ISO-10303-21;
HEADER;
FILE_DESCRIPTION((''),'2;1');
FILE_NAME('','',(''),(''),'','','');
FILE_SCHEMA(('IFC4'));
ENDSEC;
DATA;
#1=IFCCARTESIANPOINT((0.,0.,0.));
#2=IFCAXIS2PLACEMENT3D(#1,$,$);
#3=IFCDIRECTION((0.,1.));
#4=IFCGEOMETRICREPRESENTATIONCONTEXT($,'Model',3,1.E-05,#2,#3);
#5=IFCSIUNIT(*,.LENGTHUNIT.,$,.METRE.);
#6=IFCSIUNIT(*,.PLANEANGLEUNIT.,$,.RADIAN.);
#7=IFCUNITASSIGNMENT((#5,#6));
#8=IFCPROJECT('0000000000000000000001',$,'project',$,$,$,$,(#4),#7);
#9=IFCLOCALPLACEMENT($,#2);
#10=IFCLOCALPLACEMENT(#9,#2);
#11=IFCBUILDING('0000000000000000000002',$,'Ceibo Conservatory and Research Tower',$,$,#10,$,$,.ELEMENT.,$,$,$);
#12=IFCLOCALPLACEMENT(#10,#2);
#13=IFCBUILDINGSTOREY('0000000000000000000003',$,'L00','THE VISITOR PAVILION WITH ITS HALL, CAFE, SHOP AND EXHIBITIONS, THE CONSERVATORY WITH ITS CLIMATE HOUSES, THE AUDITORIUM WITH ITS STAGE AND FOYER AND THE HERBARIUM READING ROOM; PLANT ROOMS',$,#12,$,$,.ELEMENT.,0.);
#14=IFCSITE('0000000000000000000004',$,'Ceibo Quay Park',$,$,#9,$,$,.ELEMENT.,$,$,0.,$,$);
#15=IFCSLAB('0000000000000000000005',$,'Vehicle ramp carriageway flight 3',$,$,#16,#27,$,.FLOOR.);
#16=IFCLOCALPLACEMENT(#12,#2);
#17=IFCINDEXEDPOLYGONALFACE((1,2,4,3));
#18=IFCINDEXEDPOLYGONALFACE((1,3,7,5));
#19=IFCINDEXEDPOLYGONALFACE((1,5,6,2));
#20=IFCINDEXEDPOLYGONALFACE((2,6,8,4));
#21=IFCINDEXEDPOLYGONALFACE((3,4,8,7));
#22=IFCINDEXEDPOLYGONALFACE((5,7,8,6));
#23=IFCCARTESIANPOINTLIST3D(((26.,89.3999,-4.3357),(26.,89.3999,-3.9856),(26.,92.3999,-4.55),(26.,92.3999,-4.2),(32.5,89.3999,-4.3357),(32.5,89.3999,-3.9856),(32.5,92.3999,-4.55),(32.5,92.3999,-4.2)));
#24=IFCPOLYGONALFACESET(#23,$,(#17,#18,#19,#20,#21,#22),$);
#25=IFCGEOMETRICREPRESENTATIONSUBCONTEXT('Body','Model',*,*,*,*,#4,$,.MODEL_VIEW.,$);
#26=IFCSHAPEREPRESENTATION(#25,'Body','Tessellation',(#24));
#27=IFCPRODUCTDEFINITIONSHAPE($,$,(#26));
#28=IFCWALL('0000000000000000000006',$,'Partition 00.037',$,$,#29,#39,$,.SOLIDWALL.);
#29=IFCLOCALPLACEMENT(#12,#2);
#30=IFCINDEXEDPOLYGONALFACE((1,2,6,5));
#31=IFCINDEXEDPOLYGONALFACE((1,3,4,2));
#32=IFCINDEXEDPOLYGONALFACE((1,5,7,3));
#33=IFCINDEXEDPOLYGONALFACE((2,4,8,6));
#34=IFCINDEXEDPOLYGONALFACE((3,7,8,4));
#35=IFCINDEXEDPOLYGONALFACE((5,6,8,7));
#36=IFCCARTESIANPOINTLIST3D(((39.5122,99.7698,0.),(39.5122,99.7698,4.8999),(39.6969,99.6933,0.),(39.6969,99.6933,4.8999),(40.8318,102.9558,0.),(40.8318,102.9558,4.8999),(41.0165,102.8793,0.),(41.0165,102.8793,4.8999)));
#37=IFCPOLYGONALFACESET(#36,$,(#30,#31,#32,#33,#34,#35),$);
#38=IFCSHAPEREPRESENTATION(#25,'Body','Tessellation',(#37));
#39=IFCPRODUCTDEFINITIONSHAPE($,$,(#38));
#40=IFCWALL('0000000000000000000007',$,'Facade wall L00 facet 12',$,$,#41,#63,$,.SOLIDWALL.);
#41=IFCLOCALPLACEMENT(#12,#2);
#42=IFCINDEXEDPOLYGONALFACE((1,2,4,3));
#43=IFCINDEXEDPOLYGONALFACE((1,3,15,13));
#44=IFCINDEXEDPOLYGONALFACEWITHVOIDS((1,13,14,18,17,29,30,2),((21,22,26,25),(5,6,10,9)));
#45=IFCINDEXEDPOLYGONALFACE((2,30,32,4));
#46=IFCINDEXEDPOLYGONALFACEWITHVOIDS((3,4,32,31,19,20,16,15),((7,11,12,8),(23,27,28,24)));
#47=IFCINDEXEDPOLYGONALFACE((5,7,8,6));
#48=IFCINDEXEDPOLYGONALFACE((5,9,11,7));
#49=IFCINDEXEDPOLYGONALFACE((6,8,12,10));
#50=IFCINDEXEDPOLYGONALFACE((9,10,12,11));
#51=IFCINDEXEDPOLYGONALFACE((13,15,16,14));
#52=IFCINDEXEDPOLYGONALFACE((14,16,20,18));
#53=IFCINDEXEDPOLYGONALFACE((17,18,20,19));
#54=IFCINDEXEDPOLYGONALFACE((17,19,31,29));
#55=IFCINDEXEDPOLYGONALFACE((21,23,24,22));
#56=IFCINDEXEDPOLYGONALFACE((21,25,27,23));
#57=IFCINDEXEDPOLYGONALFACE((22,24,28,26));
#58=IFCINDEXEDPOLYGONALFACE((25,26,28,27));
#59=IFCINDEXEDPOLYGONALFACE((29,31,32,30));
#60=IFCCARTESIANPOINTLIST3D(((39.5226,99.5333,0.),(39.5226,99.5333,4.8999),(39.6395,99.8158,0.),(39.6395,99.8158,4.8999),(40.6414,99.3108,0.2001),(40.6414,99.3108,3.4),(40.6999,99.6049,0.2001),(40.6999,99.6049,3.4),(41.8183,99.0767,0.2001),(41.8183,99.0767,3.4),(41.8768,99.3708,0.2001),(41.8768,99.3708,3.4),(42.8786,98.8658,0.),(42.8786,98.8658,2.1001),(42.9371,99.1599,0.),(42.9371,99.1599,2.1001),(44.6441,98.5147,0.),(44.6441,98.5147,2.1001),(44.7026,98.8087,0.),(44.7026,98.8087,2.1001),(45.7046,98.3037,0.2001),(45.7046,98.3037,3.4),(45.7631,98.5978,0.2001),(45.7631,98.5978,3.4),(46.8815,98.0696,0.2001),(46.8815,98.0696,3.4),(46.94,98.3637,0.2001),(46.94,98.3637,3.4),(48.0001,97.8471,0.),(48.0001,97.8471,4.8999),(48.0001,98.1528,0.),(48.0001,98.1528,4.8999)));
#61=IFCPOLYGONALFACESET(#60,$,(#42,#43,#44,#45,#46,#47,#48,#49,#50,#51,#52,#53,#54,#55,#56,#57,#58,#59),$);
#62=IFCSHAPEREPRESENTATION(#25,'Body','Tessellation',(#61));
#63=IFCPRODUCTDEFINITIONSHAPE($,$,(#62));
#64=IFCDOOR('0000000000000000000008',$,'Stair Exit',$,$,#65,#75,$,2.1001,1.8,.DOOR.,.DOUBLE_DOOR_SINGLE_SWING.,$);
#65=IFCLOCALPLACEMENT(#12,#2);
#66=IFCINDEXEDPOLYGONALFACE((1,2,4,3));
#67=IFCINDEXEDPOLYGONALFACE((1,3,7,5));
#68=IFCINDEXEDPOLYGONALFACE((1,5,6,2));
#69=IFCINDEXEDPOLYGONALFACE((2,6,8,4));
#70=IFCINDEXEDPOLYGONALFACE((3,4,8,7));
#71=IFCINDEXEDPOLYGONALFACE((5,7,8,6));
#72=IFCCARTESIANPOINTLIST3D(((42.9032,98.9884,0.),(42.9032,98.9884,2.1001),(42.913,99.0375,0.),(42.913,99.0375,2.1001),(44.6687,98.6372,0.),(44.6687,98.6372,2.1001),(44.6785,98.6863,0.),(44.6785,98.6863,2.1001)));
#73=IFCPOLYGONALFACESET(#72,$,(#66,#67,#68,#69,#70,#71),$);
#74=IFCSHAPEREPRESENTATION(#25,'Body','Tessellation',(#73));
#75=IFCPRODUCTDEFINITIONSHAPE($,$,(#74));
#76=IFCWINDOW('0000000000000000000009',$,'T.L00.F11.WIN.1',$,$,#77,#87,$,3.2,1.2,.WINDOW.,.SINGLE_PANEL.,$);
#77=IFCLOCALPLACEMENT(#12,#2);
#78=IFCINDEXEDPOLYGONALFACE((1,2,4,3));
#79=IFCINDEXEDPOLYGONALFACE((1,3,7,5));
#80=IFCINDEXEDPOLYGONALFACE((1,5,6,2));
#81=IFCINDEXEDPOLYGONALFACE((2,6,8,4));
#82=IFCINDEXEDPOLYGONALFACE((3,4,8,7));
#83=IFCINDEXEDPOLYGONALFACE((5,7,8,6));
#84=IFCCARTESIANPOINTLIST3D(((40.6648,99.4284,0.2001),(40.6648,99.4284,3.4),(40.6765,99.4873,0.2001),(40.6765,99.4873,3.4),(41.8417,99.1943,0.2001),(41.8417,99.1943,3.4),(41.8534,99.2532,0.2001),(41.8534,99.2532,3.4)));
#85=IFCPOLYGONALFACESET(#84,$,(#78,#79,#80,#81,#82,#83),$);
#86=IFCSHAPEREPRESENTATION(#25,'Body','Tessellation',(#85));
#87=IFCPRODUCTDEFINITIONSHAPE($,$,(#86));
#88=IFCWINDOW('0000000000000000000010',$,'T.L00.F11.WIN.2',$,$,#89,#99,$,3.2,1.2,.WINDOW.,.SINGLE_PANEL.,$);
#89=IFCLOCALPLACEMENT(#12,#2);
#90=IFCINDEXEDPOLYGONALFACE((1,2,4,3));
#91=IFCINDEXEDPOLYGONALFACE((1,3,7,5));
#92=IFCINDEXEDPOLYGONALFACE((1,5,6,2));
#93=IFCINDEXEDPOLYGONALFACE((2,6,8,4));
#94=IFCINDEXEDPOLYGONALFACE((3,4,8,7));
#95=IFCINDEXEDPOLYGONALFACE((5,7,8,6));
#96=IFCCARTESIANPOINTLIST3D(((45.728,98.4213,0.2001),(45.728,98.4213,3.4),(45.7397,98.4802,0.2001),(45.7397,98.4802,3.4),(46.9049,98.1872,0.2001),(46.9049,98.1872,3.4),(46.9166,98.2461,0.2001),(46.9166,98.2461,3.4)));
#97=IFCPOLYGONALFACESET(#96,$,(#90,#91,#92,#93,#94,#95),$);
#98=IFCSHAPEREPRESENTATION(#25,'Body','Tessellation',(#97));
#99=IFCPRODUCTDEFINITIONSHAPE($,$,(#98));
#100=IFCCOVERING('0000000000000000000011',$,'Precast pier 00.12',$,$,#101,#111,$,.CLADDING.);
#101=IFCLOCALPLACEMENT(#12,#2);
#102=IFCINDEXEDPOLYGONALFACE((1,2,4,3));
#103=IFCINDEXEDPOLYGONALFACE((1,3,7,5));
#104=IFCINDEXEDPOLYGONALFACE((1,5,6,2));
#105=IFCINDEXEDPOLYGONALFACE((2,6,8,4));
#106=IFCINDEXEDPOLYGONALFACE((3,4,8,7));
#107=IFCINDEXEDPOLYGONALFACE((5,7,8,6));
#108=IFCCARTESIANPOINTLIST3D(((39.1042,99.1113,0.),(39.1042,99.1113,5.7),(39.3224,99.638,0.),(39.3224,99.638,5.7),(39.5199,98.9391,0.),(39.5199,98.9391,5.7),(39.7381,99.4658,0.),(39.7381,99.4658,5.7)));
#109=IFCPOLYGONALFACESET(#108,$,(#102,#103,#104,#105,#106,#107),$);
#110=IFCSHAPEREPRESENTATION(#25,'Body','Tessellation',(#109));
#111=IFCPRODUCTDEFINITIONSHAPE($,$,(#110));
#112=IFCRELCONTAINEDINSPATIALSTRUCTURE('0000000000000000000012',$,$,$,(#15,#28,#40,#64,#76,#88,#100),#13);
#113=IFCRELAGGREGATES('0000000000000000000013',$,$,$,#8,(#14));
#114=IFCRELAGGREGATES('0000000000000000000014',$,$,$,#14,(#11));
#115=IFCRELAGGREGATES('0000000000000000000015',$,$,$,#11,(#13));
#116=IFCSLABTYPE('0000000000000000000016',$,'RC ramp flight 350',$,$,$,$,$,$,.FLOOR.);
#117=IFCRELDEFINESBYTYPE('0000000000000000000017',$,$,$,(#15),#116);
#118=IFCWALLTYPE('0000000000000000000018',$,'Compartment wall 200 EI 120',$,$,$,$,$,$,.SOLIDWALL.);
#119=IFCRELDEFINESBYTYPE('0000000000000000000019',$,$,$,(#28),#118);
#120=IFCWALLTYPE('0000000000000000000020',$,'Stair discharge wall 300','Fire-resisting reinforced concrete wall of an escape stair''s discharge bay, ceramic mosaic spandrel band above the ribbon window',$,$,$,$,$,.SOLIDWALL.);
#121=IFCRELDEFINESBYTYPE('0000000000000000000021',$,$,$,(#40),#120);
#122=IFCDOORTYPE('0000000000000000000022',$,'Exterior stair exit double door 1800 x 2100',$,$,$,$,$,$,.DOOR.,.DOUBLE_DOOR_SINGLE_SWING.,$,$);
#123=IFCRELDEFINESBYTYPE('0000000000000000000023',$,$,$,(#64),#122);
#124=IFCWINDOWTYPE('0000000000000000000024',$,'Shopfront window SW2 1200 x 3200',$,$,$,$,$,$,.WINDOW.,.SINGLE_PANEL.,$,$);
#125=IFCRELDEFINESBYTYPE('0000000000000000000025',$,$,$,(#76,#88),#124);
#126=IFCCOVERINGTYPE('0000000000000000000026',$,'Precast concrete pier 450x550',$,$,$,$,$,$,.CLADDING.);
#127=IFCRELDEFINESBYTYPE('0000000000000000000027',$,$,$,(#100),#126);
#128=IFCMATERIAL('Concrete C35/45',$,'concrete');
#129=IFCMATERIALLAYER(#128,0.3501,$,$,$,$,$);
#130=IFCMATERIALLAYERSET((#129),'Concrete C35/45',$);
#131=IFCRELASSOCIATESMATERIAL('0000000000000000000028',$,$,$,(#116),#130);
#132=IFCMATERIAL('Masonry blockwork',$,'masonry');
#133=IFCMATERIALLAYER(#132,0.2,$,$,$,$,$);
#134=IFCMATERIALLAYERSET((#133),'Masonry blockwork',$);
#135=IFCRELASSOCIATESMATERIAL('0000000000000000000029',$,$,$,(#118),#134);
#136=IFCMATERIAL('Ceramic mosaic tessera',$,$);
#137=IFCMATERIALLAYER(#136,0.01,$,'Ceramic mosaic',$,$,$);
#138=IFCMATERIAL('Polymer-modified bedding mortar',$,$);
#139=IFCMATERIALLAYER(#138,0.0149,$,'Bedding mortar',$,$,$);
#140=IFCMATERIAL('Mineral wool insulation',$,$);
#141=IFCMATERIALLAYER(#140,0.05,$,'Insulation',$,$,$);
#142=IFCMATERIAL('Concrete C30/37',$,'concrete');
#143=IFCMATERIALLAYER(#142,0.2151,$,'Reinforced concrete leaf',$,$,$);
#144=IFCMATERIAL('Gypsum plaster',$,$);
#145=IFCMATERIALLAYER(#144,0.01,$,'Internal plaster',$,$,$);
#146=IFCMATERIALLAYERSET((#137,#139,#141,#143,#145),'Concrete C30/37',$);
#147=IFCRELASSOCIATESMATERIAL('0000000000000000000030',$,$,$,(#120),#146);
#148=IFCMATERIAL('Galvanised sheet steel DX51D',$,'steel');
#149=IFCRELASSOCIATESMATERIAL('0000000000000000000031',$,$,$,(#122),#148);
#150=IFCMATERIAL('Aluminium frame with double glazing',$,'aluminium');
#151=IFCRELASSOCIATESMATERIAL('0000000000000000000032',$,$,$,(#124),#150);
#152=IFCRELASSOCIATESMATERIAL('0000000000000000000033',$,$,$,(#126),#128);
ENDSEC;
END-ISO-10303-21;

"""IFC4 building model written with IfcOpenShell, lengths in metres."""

from ifc_helpers import new_model, si_unit, direction, frame, frame_2d, origin, origin_2d, place, context, subcontext, project, spatial, polyline, rectangle, outline, extrude, material, layer, layer_set, type_object, element, fill, save


model = new_model("IFC4")

# Units and contexts
model_context = context("Model", 3, precision=1e-05, world=origin(), true_north=direction((0.0, 1.0)))
body_context = subcontext(model_context, "Body", "Model", "MODEL_VIEW")
ifc_project = project(units=[si_unit("LENGTHUNIT", "METRE"), si_unit("PLANEANGLEUNIT", "RADIAN")], contexts=[model_context])

# Site, building, storey
site_placement = place(None, origin())
site = spatial("IfcSite", under=ifc_project, at=site_placement, Name="Ceibo Quay Park", CompositionType="ELEMENT", RefElevation=0.0)
building_placement = place(site_placement, origin())
building = spatial("IfcBuilding", under=site, at=building_placement, Name="Ceibo Conservatory and Research Tower", CompositionType="ELEMENT")
storey_placement = place(building_placement, origin())
storey = spatial("IfcBuildingStorey", under=building, at=storey_placement, Name="L00", Description="THE VISITOR PAVILION WITH ITS HALL, CAFE, SHOP AND EXHIBITIONS, THE CONSERVATORY WITH ITS CLIMATE HOUSES, THE AUDITORIUM WITH ITS STAGE AND FOYER AND THE HERBARIUM READING ROOM; PLANT ROOMS", CompositionType="ELEMENT", Elevation=0.0)

# Shared definitions
ifc_material_1 = material(Name="Concrete C35/45", Category="concrete")

# Slab
ifc_layer_1 = layer(ifc_material_1, 0.3501)
ifc_layer_set_1 = layer_set([ifc_layer_1], Name="Concrete C35/45")
slab_type = type_object("IfcSlabType", Name="RC ramp flight 350", PredefinedType="FLOOR", material=ifc_layer_set_1)
slab_placement = place(storey_placement, frame((26.0, 89.3999, -3.9856), z_axis=(0.0, 0.07127, 0.997457), x_axis=(1.0, 0.0, 0.0)))
element("IfcSlab", 1, at=slab_placement, inside=storey, type_object=slab_type, Name="Vehicle ramp carriageway flight 3", PredefinedType="FLOOR", context=body_context, shape_type="SweptSolid", body=[
    extrude(outline(polyline([(0.0, 0.0), (6.5, 0.0), (6.5, 3.0076), (0.0, 3.0076), (0.0, 0.0)])), origin(), (0.0, 0.07127, -0.997457), 0.3501),
])

# Wall
ifc_material_2 = material(Name="Masonry blockwork", Category="masonry")
ifc_layer_2 = layer(ifc_material_2, 0.2)
ifc_layer_set_2 = layer_set([ifc_layer_2], Name="Masonry blockwork")
wall_type_1 = type_object("IfcWallType", Name="Compartment wall 200 EI 120", PredefinedType="SOLIDWALL", material=ifc_layer_set_2)
wall_1_placement = place(storey_placement, frame((40.9241, 102.9175, 0.0), z_axis=(0.0, 0.0, 1.0), x_axis=(-0.382654, -0.923892, 0.0)))
element("IfcWall", 2, at=wall_1_placement, inside=storey, type_object=wall_type_1, Name="Partition 00.037", PredefinedType="SOLIDWALL", context=body_context, shape_type="SweptSolid", body=[
    extrude(rectangle(XDim=3.4485, YDim=0.2, at=frame_2d((1.7241, 0.0))), origin(), (0.0, 0.0, 1.0), 4.8999),
])

# Wall, openings, door, windows
ifc_material_3 = material(Name="Ceramic mosaic tessera")
ifc_layer_3 = layer(ifc_material_3, 0.01, Name="Ceramic mosaic")
ifc_material_4 = material(Name="Polymer-modified bedding mortar")
ifc_layer_4 = layer(ifc_material_4, 0.0149, Name="Bedding mortar")
ifc_material_5 = material(Name="Mineral wool insulation")
ifc_layer_5 = layer(ifc_material_5, 0.05, Name="Insulation")
ifc_material_6 = material(Name="Concrete C30/37", Category="concrete")
ifc_layer_6 = layer(ifc_material_6, 0.2151, Name="Reinforced concrete leaf")
ifc_material_7 = material(Name="Gypsum plaster")
ifc_layer_7 = layer(ifc_material_7, 0.01, Name="Internal plaster")
ifc_layer_set_3 = layer_set([ifc_layer_3, ifc_layer_4, ifc_layer_5, ifc_layer_6, ifc_layer_7], Name="Concrete C30/37")
wall_type_2 = type_object("IfcWallType", Name="Stair discharge wall 300", Description="Fire-resisting reinforced concrete wall of an escape stair's discharge bay, ceramic mosaic spandrel band above the ribbon window", PredefinedType="SOLIDWALL", material=ifc_layer_set_3)
wall_2_placement = place(storey_placement, frame((39.5811, 99.6746, 0.0), z_axis=(0.0, 0.0, 1.0), x_axis=(0.980787, -0.195082, 0.0)))
wall_2 = element("IfcWall", 3, at=wall_2_placement, inside=storey, type_object=wall_type_2, Name="Facade wall L00 facet 12", PredefinedType="SOLIDWALL", context=body_context, shape_type="SweptSolid", body=[
    extrude(outline(polyline([(-0.0298, -0.1499), (8.6138, -0.1499), (8.5542, 0.1499), (0.0298, 0.1499), (-0.0298, -0.1499)])), origin(), (0.0, 0.0, 1.0), 4.8999),
])
opening_1_placement = place(wall_2_placement, frame((3.3921, 0.0, 0.0)))
opening_1 = element("IfcOpeningElement", 4, at=opening_1_placement, cuts=wall_2, PredefinedType="OPENING", context=body_context, shape_type="SweptSolid", body=[
    extrude(rectangle(XDim=1.8, YDim=2.1001, at=frame_2d((0.8999, 1.05))), frame((0.0, 0.1599, 0.0), z_axis=(0.0, -1.0, 0.0), x_axis=(1.0, 0.0, 0.0)), (0.0, 0.0, 1.0), 0.3201),
])
opening_2_placement = place(wall_2_placement, frame((1.1108, 0.0, 0.2)))
opening_2 = element("IfcOpeningElement", 5, at=opening_2_placement, cuts=wall_2, PredefinedType="OPENING", context=body_context, shape_type="SweptSolid", body=[
    extrude(rectangle(XDim=1.2, YDim=3.2, at=frame_2d((0.6001, 1.6001))), frame((0.0, 0.1599, 0.0), z_axis=(0.0, -1.0, 0.0), x_axis=(1.0, 0.0, 0.0)), (0.0, 0.0, 1.0), 0.3201),
])
opening_3_placement = place(wall_2_placement, frame((6.2732, 0.0, 0.2)))
opening_3 = element("IfcOpeningElement", 6, at=opening_3_placement, cuts=wall_2, PredefinedType="OPENING", context=body_context, shape_type="SweptSolid", body=[
    extrude(rectangle(XDim=1.2, YDim=3.2, at=frame_2d((0.6001, 1.6001))), frame((0.0, 0.1599, 0.0), z_axis=(0.0, -1.0, 0.0), x_axis=(1.0, 0.0, 0.0)), (0.0, 0.0, 1.0), 0.3201),
])
ifc_material_8 = material(Name="Galvanised sheet steel DX51D", Category="steel")
door_type = type_object("IfcDoorType", Name="Exterior stair exit double door 1800 x 2100", OperationType="DOUBLE_DOOR_SINGLE_SWING", PredefinedType="DOOR", material=ifc_material_8)
door_placement = place(opening_1_placement, frame((1.8, 0.0, 0.0), z_axis=(0.0, 0.0, 1.0), x_axis=(-1.0, 0.0, 0.0)))
door = element("IfcDoor", 7, at=door_placement, inside=storey, type_object=door_type, Name="Stair Exit", OperationType="DOUBLE_DOOR_SINGLE_SWING", OverallHeight=2.1001, OverallWidth=1.8, PredefinedType="DOOR", context=body_context, shape_type="SweptSolid", body=[
    extrude(rectangle(XDim=1.8, YDim=2.1001, at=frame_2d((0.8999, 1.05))), frame((0.0, 0.0249, 0.0), z_axis=(0.0, -1.0, 0.0), x_axis=(1.0, 0.0, 0.0)), (0.0, 0.0, 1.0), 0.05),
])
fill(opening_1, door)
ifc_material_9 = material(Name="Aluminium frame with double glazing", Category="aluminium")
window_type = type_object("IfcWindowType", Name="Shopfront window SW2 1200 x 3200", PartitioningType="SINGLE_PANEL", PredefinedType="WINDOW", material=ifc_material_9)
window_1_placement = place(opening_2_placement, origin())
window_1 = element("IfcWindow", 8, at=window_1_placement, inside=storey, type_object=window_type, Name="T.L00.F11.WIN.1", OverallHeight=3.2, OverallWidth=1.2, PartitioningType="SINGLE_PANEL", PredefinedType="WINDOW", context=body_context, shape_type="SweptSolid", body=[
    extrude(rectangle(XDim=1.2, YDim=3.2, at=frame_2d((0.6001, 1.6001))), frame((0.0, 0.03, 0.0), z_axis=(0.0, -1.0, 0.0), x_axis=(1.0, 0.0, 0.0)), (0.0, 0.0, 1.0), 0.0601),
])
fill(opening_2, window_1)
window_2_placement = place(opening_3_placement, origin())
window_2 = element("IfcWindow", 9, at=window_2_placement, inside=storey, type_object=window_type, Name="T.L00.F11.WIN.2", OverallHeight=3.2, OverallWidth=1.2, PartitioningType="SINGLE_PANEL", PredefinedType="WINDOW", context=body_context, shape_type="SweptSolid", body=[
    extrude(rectangle(XDim=1.2, YDim=3.2, at=frame_2d((0.6001, 1.6001))), frame((0.0, 0.03, 0.0), z_axis=(0.0, -1.0, 0.0), x_axis=(1.0, 0.0, 0.0)), (0.0, 0.0, 1.0), 0.0601),
])
fill(opening_3, window_2)

# Covering
covering_type = type_object("IfcCoveringType", Name="Precast concrete pier 450x550", PredefinedType="CLADDING", material=ifc_material_1)
covering_placement = place(storey_placement, frame((39.4211, 99.2886, 0.0), z_axis=(0.0, 0.0, 1.0), x_axis=(-0.382683, -0.92388, 0.0)))
element("IfcCovering", 10, at=covering_placement, inside=storey, type_object=covering_type, Name="Precast pier 00.12", PredefinedType="CLADDING", context=body_context, shape_type="SweptSolid", body=[
    extrude(rectangle(XDim=0.5701, YDim=0.45, at=origin_2d()), origin(), (0.0, 0.0, 1.0), 5.7),
])

save(model, "model.ifc")
